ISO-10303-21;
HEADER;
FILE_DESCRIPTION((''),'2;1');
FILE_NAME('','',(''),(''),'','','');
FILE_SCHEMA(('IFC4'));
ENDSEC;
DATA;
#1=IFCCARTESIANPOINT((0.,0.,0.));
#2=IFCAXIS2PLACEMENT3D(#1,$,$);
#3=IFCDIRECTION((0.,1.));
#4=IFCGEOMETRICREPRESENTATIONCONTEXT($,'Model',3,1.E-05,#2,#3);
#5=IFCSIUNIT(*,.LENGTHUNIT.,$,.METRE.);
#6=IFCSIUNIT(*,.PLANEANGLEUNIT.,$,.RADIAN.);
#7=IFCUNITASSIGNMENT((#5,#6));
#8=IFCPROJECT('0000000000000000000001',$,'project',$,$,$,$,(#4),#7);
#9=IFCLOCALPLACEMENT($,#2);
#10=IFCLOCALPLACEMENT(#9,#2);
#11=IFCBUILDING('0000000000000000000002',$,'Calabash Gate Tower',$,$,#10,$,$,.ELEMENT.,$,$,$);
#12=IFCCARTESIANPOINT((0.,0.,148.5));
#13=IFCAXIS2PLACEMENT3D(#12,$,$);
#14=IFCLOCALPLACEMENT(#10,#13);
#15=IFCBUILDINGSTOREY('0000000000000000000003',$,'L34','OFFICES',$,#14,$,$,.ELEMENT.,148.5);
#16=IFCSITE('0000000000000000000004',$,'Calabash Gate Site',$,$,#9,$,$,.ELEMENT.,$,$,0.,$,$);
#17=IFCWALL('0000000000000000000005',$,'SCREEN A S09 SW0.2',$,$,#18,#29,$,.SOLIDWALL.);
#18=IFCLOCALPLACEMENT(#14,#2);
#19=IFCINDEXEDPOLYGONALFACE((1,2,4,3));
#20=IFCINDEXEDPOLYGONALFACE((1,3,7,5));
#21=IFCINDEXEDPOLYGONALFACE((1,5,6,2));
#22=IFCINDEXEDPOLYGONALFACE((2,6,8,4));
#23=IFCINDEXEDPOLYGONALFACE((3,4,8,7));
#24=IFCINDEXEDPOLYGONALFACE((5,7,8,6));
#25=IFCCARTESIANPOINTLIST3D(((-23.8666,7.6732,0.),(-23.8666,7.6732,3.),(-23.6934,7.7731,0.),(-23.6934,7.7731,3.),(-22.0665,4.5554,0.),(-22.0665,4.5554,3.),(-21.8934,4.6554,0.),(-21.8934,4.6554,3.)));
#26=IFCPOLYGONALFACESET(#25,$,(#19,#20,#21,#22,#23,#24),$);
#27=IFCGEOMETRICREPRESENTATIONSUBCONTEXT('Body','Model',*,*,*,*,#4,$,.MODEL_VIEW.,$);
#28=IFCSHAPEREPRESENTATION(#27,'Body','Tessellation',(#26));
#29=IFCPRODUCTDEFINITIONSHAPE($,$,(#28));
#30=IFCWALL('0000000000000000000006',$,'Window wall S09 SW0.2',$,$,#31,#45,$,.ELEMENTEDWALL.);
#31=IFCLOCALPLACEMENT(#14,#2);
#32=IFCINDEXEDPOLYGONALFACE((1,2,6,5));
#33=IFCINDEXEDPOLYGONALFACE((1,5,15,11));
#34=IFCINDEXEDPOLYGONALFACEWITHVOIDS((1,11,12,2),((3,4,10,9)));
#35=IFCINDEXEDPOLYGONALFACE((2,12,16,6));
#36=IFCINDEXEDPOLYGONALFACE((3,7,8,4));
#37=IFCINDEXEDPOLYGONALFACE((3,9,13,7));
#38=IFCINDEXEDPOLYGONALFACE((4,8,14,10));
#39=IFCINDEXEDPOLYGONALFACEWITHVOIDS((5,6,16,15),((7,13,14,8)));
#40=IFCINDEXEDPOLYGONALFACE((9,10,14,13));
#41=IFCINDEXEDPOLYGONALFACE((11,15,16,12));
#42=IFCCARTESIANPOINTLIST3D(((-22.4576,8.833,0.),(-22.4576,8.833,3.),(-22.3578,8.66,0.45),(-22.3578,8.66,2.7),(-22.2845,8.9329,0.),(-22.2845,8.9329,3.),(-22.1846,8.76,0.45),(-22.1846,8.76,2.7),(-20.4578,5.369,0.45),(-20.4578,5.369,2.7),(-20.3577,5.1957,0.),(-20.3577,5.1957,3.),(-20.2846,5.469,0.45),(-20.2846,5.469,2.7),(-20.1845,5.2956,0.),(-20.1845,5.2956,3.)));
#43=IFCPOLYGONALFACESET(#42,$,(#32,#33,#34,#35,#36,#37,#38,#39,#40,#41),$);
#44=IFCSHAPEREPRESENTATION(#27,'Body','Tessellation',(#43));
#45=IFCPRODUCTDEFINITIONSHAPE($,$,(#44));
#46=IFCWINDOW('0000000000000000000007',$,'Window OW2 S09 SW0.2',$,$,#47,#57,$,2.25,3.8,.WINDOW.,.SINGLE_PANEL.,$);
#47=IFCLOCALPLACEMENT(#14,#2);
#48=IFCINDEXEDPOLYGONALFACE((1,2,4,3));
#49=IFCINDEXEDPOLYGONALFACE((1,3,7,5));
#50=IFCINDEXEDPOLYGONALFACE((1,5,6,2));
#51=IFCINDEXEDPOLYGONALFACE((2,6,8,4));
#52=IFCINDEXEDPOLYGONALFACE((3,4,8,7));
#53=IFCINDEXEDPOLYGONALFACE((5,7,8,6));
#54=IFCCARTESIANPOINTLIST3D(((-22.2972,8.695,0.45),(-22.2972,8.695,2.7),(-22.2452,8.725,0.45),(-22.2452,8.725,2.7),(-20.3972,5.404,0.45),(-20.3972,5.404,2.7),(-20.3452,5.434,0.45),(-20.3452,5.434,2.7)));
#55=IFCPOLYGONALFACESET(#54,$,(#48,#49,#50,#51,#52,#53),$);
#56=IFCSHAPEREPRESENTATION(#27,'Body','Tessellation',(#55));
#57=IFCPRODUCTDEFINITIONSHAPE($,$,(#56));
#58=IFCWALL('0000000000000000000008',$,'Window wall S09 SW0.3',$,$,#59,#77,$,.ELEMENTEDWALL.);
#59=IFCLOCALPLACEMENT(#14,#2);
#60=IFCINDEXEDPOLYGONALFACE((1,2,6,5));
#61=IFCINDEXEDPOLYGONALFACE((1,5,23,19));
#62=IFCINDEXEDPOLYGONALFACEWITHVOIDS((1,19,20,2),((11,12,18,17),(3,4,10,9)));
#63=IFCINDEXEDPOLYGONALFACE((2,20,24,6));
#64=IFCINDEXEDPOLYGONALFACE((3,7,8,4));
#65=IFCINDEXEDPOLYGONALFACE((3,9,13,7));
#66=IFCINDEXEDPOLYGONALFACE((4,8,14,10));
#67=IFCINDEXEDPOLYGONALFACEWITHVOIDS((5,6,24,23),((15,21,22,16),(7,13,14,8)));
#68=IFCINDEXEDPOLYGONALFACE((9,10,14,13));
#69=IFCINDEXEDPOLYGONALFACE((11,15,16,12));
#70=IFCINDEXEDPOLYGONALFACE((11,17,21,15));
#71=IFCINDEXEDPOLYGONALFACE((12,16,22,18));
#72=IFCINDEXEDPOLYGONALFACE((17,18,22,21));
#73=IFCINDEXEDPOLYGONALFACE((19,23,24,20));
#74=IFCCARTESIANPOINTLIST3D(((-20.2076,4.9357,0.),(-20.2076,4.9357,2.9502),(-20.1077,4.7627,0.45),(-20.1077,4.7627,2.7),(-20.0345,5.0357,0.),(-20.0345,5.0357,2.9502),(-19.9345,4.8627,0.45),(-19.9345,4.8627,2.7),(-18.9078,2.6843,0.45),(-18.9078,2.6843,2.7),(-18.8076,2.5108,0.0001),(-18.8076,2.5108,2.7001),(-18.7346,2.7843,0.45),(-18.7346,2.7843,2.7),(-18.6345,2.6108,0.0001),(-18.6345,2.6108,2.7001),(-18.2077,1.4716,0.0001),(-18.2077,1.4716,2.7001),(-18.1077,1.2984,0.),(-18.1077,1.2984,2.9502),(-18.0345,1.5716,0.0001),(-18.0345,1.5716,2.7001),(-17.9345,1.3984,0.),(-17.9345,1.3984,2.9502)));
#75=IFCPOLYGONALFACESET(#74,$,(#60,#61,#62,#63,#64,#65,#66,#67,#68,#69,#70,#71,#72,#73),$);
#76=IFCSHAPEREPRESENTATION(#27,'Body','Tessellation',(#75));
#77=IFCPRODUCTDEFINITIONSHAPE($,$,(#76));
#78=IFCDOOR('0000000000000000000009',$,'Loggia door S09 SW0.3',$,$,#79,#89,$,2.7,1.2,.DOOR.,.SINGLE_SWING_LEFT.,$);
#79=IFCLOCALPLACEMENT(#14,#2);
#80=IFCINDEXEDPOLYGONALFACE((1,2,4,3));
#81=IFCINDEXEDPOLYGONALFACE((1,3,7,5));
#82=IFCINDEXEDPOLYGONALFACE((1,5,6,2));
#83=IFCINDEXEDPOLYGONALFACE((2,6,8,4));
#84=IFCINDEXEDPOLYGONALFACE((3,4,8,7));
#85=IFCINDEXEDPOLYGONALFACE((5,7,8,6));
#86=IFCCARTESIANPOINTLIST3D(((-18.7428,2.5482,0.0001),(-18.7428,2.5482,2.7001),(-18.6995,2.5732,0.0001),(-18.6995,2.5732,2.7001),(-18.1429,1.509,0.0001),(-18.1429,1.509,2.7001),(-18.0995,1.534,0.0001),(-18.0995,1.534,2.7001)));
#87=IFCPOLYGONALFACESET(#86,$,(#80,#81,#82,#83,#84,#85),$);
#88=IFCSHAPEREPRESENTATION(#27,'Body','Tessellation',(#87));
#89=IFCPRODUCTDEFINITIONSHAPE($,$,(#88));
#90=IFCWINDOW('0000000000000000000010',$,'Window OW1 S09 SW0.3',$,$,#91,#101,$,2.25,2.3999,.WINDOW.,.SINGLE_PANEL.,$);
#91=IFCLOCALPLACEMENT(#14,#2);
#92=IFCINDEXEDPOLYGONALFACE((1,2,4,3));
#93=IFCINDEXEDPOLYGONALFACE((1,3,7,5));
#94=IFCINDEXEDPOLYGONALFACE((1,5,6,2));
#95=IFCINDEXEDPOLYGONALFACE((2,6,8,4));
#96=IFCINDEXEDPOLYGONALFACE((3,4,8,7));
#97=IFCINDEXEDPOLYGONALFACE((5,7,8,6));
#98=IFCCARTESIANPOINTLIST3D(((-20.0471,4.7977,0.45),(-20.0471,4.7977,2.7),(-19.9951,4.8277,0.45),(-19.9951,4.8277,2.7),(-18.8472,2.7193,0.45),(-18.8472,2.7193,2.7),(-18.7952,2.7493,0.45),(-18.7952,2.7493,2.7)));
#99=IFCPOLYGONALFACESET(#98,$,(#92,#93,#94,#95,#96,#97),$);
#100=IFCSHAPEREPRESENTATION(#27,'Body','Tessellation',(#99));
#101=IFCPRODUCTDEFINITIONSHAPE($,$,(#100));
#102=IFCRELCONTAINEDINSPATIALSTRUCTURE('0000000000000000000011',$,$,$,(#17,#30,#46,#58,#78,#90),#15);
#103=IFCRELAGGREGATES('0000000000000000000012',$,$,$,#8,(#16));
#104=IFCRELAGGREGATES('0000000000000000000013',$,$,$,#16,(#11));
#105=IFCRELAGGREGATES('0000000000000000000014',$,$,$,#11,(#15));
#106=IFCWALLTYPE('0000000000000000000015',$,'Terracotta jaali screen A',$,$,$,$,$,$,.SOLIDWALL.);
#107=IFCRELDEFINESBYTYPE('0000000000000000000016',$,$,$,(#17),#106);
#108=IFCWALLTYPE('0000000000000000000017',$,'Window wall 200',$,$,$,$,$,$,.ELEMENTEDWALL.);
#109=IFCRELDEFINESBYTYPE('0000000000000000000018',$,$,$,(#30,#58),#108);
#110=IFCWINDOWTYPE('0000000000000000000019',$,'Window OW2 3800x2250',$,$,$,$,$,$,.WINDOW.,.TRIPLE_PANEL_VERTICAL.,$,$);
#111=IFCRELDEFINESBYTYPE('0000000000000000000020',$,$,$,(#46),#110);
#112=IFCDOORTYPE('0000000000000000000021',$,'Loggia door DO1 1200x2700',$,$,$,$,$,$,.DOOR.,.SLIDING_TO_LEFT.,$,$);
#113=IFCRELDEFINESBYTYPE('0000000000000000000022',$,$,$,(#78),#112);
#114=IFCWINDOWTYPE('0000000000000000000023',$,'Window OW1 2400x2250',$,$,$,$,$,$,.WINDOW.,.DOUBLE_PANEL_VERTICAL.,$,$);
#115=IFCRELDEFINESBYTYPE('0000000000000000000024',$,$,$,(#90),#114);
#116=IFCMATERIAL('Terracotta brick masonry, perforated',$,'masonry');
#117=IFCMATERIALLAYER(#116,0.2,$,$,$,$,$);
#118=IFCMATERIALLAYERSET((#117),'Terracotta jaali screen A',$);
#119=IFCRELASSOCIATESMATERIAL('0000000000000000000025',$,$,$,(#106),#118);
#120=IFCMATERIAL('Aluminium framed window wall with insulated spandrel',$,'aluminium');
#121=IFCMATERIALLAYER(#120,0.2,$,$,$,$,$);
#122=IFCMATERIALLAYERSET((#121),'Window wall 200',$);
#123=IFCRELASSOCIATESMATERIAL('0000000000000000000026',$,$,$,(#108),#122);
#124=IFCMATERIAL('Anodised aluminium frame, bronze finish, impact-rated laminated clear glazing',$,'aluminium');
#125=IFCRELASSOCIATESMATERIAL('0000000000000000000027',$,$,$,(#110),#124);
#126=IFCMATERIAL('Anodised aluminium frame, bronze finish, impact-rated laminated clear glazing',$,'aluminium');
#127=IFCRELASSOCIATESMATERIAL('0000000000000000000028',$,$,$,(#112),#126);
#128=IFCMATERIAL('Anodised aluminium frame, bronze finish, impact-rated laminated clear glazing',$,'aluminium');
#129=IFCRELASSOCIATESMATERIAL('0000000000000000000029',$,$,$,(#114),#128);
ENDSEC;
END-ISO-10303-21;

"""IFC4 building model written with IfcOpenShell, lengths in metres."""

from ifc_helpers import new_model, si_unit, direction, frame, frame_2d, origin, place, context, subcontext, project, spatial, rectangle, extrude, material, layer, layer_set, type_object, element, fill, save


model = new_model("IFC4")

# Units and contexts
model_context = context("Model", 3, precision=1e-05, world=origin(), true_north=direction((0.0, 1.0)))
body_context = subcontext(model_context, "Body", "Model", "MODEL_VIEW")
ifc_project = project(units=[si_unit("LENGTHUNIT", "METRE"), si_unit("PLANEANGLEUNIT", "RADIAN")], contexts=[model_context])

# Site, building, storey
site_placement = place(None, origin())
site = spatial("IfcSite", under=ifc_project, at=site_placement, Name="Calabash Gate Site", CompositionType="ELEMENT", RefElevation=0.0)
building_placement = place(site_placement, origin())
building = spatial("IfcBuilding", under=site, at=building_placement, Name="Calabash Gate Tower", CompositionType="ELEMENT")
storey_placement = place(building_placement, frame((0.0, 0.0, 148.5)))
storey = spatial("IfcBuildingStorey", under=building, at=storey_placement, Name="L34", Description="OFFICES", CompositionType="ELEMENT", Elevation=148.5)

# Wall
ifc_material_1 = material(Name="Terracotta brick masonry, perforated", Category="masonry")
ifc_layer_1 = layer(ifc_material_1, 0.2)
ifc_layer_set_1 = layer_set([ifc_layer_1], Name="Terracotta jaali screen A")
wall_type_1 = type_object("IfcWallType", Name="Terracotta jaali screen A", PredefinedType="SOLIDWALL", material=ifc_layer_set_1)
wall_1_placement = place(storey_placement, frame((-23.78, 7.7231, 0.0), z_axis=(0.0, 0.0, 1.0), x_axis=(0.500012, -0.866018, 0.0)))
element("IfcWall", 1, at=wall_1_placement, inside=storey, type_object=wall_type_1, Name="SCREEN A S09 SW0.2", PredefinedType="SOLIDWALL", context=body_context, shape_type="SweptSolid", body=[
    extrude(rectangle(XDim=3.6001, YDim=0.2, at=frame_2d((1.8, 0.0))), origin(), (0.0, 0.0, 1.0), 3.0),
])

# Wall, opening, window
ifc_material_2 = material(Name="Aluminium framed window wall with insulated spandrel", Category="aluminium")
ifc_layer_2 = layer(ifc_material_2, 0.2)
ifc_layer_set_2 = layer_set([ifc_layer_2], Name="Window wall 200")
wall_type_2 = type_object("IfcWallType", Name="Window wall 200", PredefinedType="ELEMENTEDWALL", material=ifc_layer_set_2)
wall_2_placement = place(storey_placement, frame((-22.3711, 8.8831, 0.0), z_axis=(0.0, 0.0, 1.0), x_axis=(0.499984, -0.866035, 0.0)))
wall_2 = element("IfcWall", 2, at=wall_2_placement, inside=storey, type_object=wall_type_2, Name="Window wall S09 SW0.2", PredefinedType="ELEMENTEDWALL", context=body_context, shape_type="SweptSolid", body=[
    extrude(rectangle(XDim=4.2, YDim=0.2, at=frame_2d((2.1001, 0.0))), origin(), (0.0, 0.0, 1.0), 3.0),
])
opening_1_placement = place(wall_2_placement, frame((0.2, 0.0, 0.45)))
opening_1 = element("IfcOpeningElement", 3, at=opening_1_placement, cuts=wall_2, PredefinedType="OPENING", context=body_context, shape_type="SweptSolid", body=[
    extrude(rectangle(XDim=3.8, YDim=2.25, at=frame_2d((1.8999, 1.125))), frame((0.0, 0.1099, 0.0), z_axis=(0.0, -1.0, 0.0), x_axis=(1.0, 0.0, 0.0)), (0.0, 0.0, 1.0), 0.22),
])
ifc_material_3 = material(Name="Anodised aluminium frame, bronze finish, impact-rated laminated clear glazing", Category="aluminium")
window_type_1 = type_object("IfcWindowType", Name="Window OW2 3800x2250", PartitioningType="TRIPLE_PANEL_VERTICAL", PredefinedType="WINDOW", material=ifc_material_3)
window_1_placement = place(opening_1_placement, origin())
window_1 = element("IfcWindow", 4, at=window_1_placement, inside=storey, type_object=window_type_1, Name="Window OW2 S09 SW0.2", OverallHeight=2.25, OverallWidth=3.8, PartitioningType="SINGLE_PANEL", PredefinedType="WINDOW", context=body_context, shape_type="SweptSolid", body=[
    extrude(rectangle(XDim=3.8, YDim=2.25, at=frame_2d((1.8999, 1.125))), frame((0.0, 0.03, 0.0), z_axis=(0.0, -1.0, 0.0), x_axis=(1.0, 0.0, 0.0)), (0.0, 0.0, 1.0), 0.0601),
])
fill(opening_1, window_1)

# Wall, openings, door, window
wall_3_placement = place(storey_placement, frame((-20.1211, 4.9858, 0.0), z_axis=(0.0, 0.0, 1.0), x_axis=(0.499984, -0.866035, 0.0)))
wall_3 = element("IfcWall", 5, at=wall_3_placement, inside=storey, type_object=wall_type_2, Name="Window wall S09 SW0.3", PredefinedType="ELEMENTEDWALL", context=body_context, shape_type="SweptSolid", body=[
    extrude(rectangle(XDim=4.2, YDim=0.2, at=frame_2d((2.1001, 0.0))), origin(), (0.0, 0.0, 1.0), 2.9502),
])
opening_2_placement = place(wall_3_placement, frame((0.2, 0.0, 0.45)))
opening_2 = element("IfcOpeningElement", 6, at=opening_2_placement, cuts=wall_3, PredefinedType="OPENING", context=body_context, shape_type="SweptSolid", body=[
    extrude(rectangle(XDim=2.3999, YDim=2.25, at=frame_2d((1.2, 1.125))), frame((0.0, 0.1099, 0.0), z_axis=(0.0, -1.0, 0.0), x_axis=(1.0, 0.0, 0.0)), (0.0, 0.0, 1.0), 0.22),
])
opening_3_placement = place(wall_3_placement, frame((2.8, 0.0, 0.0)))
opening_3 = element("IfcOpeningElement", 7, at=opening_3_placement, cuts=wall_3, PredefinedType="OPENING", context=body_context, shape_type="SweptSolid", body=[
    extrude(rectangle(XDim=1.2, YDim=2.7, at=frame_2d((0.6001, 1.3501))), frame((0.0, 0.1099, 0.0), z_axis=(0.0, -1.0, 0.0), x_axis=(1.0, 0.0, 0.0)), (0.0, 0.0, 1.0), 0.22),
])
ifc_material_4 = material(Name="Anodised aluminium frame, bronze finish, impact-rated laminated clear glazing", Category="aluminium")
door_type_1 = type_object("IfcDoorType", Name="Loggia door DO1 1200x2700", OperationType="SLIDING_TO_LEFT", PredefinedType="DOOR", material=ifc_material_4)
door_1_placement = place(opening_3_placement, origin())
door_1 = element("IfcDoor", 8, at=door_1_placement, inside=storey, type_object=door_type_1, Name="Loggia door S09 SW0.3", OperationType="SINGLE_SWING_LEFT", OverallHeight=2.7, OverallWidth=1.2, PredefinedType="DOOR", context=body_context, shape_type="SweptSolid", body=[
    extrude(rectangle(XDim=1.2, YDim=2.7, at=frame_2d((0.6001, 1.3501))), frame((0.0, 0.0249, 0.0), z_axis=(0.0, -1.0, 0.0), x_axis=(1.0, 0.0, 0.0)), (0.0, 0.0, 1.0), 0.05),
])
fill(opening_3, door_1)
ifc_material_5 = material(Name="Anodised aluminium frame, bronze finish, impact-rated laminated clear glazing", Category="aluminium")
window_type_2 = type_object("IfcWindowType", Name="Window OW1 2400x2250", PartitioningType="DOUBLE_PANEL_VERTICAL", PredefinedType="WINDOW", material=ifc_material_5)
window_2_placement = place(opening_2_placement, origin())
window_2 = element("IfcWindow", 9, at=window_2_placement, inside=storey, type_object=window_type_2, Name="Window OW1 S09 SW0.3", OverallHeight=2.25, OverallWidth=2.3999, PartitioningType="SINGLE_PANEL", PredefinedType="WINDOW", context=body_context, shape_type="SweptSolid", body=[
    extrude(rectangle(XDim=2.3999, YDim=2.25, at=frame_2d((1.2, 1.125))), frame((0.0, 0.03, 0.0), z_axis=(0.0, -1.0, 0.0), x_axis=(1.0, 0.0, 0.0)), (0.0, 0.0, 1.0), 0.0601),
])
fill(opening_2, window_2)

save(model, "model.ifc")
